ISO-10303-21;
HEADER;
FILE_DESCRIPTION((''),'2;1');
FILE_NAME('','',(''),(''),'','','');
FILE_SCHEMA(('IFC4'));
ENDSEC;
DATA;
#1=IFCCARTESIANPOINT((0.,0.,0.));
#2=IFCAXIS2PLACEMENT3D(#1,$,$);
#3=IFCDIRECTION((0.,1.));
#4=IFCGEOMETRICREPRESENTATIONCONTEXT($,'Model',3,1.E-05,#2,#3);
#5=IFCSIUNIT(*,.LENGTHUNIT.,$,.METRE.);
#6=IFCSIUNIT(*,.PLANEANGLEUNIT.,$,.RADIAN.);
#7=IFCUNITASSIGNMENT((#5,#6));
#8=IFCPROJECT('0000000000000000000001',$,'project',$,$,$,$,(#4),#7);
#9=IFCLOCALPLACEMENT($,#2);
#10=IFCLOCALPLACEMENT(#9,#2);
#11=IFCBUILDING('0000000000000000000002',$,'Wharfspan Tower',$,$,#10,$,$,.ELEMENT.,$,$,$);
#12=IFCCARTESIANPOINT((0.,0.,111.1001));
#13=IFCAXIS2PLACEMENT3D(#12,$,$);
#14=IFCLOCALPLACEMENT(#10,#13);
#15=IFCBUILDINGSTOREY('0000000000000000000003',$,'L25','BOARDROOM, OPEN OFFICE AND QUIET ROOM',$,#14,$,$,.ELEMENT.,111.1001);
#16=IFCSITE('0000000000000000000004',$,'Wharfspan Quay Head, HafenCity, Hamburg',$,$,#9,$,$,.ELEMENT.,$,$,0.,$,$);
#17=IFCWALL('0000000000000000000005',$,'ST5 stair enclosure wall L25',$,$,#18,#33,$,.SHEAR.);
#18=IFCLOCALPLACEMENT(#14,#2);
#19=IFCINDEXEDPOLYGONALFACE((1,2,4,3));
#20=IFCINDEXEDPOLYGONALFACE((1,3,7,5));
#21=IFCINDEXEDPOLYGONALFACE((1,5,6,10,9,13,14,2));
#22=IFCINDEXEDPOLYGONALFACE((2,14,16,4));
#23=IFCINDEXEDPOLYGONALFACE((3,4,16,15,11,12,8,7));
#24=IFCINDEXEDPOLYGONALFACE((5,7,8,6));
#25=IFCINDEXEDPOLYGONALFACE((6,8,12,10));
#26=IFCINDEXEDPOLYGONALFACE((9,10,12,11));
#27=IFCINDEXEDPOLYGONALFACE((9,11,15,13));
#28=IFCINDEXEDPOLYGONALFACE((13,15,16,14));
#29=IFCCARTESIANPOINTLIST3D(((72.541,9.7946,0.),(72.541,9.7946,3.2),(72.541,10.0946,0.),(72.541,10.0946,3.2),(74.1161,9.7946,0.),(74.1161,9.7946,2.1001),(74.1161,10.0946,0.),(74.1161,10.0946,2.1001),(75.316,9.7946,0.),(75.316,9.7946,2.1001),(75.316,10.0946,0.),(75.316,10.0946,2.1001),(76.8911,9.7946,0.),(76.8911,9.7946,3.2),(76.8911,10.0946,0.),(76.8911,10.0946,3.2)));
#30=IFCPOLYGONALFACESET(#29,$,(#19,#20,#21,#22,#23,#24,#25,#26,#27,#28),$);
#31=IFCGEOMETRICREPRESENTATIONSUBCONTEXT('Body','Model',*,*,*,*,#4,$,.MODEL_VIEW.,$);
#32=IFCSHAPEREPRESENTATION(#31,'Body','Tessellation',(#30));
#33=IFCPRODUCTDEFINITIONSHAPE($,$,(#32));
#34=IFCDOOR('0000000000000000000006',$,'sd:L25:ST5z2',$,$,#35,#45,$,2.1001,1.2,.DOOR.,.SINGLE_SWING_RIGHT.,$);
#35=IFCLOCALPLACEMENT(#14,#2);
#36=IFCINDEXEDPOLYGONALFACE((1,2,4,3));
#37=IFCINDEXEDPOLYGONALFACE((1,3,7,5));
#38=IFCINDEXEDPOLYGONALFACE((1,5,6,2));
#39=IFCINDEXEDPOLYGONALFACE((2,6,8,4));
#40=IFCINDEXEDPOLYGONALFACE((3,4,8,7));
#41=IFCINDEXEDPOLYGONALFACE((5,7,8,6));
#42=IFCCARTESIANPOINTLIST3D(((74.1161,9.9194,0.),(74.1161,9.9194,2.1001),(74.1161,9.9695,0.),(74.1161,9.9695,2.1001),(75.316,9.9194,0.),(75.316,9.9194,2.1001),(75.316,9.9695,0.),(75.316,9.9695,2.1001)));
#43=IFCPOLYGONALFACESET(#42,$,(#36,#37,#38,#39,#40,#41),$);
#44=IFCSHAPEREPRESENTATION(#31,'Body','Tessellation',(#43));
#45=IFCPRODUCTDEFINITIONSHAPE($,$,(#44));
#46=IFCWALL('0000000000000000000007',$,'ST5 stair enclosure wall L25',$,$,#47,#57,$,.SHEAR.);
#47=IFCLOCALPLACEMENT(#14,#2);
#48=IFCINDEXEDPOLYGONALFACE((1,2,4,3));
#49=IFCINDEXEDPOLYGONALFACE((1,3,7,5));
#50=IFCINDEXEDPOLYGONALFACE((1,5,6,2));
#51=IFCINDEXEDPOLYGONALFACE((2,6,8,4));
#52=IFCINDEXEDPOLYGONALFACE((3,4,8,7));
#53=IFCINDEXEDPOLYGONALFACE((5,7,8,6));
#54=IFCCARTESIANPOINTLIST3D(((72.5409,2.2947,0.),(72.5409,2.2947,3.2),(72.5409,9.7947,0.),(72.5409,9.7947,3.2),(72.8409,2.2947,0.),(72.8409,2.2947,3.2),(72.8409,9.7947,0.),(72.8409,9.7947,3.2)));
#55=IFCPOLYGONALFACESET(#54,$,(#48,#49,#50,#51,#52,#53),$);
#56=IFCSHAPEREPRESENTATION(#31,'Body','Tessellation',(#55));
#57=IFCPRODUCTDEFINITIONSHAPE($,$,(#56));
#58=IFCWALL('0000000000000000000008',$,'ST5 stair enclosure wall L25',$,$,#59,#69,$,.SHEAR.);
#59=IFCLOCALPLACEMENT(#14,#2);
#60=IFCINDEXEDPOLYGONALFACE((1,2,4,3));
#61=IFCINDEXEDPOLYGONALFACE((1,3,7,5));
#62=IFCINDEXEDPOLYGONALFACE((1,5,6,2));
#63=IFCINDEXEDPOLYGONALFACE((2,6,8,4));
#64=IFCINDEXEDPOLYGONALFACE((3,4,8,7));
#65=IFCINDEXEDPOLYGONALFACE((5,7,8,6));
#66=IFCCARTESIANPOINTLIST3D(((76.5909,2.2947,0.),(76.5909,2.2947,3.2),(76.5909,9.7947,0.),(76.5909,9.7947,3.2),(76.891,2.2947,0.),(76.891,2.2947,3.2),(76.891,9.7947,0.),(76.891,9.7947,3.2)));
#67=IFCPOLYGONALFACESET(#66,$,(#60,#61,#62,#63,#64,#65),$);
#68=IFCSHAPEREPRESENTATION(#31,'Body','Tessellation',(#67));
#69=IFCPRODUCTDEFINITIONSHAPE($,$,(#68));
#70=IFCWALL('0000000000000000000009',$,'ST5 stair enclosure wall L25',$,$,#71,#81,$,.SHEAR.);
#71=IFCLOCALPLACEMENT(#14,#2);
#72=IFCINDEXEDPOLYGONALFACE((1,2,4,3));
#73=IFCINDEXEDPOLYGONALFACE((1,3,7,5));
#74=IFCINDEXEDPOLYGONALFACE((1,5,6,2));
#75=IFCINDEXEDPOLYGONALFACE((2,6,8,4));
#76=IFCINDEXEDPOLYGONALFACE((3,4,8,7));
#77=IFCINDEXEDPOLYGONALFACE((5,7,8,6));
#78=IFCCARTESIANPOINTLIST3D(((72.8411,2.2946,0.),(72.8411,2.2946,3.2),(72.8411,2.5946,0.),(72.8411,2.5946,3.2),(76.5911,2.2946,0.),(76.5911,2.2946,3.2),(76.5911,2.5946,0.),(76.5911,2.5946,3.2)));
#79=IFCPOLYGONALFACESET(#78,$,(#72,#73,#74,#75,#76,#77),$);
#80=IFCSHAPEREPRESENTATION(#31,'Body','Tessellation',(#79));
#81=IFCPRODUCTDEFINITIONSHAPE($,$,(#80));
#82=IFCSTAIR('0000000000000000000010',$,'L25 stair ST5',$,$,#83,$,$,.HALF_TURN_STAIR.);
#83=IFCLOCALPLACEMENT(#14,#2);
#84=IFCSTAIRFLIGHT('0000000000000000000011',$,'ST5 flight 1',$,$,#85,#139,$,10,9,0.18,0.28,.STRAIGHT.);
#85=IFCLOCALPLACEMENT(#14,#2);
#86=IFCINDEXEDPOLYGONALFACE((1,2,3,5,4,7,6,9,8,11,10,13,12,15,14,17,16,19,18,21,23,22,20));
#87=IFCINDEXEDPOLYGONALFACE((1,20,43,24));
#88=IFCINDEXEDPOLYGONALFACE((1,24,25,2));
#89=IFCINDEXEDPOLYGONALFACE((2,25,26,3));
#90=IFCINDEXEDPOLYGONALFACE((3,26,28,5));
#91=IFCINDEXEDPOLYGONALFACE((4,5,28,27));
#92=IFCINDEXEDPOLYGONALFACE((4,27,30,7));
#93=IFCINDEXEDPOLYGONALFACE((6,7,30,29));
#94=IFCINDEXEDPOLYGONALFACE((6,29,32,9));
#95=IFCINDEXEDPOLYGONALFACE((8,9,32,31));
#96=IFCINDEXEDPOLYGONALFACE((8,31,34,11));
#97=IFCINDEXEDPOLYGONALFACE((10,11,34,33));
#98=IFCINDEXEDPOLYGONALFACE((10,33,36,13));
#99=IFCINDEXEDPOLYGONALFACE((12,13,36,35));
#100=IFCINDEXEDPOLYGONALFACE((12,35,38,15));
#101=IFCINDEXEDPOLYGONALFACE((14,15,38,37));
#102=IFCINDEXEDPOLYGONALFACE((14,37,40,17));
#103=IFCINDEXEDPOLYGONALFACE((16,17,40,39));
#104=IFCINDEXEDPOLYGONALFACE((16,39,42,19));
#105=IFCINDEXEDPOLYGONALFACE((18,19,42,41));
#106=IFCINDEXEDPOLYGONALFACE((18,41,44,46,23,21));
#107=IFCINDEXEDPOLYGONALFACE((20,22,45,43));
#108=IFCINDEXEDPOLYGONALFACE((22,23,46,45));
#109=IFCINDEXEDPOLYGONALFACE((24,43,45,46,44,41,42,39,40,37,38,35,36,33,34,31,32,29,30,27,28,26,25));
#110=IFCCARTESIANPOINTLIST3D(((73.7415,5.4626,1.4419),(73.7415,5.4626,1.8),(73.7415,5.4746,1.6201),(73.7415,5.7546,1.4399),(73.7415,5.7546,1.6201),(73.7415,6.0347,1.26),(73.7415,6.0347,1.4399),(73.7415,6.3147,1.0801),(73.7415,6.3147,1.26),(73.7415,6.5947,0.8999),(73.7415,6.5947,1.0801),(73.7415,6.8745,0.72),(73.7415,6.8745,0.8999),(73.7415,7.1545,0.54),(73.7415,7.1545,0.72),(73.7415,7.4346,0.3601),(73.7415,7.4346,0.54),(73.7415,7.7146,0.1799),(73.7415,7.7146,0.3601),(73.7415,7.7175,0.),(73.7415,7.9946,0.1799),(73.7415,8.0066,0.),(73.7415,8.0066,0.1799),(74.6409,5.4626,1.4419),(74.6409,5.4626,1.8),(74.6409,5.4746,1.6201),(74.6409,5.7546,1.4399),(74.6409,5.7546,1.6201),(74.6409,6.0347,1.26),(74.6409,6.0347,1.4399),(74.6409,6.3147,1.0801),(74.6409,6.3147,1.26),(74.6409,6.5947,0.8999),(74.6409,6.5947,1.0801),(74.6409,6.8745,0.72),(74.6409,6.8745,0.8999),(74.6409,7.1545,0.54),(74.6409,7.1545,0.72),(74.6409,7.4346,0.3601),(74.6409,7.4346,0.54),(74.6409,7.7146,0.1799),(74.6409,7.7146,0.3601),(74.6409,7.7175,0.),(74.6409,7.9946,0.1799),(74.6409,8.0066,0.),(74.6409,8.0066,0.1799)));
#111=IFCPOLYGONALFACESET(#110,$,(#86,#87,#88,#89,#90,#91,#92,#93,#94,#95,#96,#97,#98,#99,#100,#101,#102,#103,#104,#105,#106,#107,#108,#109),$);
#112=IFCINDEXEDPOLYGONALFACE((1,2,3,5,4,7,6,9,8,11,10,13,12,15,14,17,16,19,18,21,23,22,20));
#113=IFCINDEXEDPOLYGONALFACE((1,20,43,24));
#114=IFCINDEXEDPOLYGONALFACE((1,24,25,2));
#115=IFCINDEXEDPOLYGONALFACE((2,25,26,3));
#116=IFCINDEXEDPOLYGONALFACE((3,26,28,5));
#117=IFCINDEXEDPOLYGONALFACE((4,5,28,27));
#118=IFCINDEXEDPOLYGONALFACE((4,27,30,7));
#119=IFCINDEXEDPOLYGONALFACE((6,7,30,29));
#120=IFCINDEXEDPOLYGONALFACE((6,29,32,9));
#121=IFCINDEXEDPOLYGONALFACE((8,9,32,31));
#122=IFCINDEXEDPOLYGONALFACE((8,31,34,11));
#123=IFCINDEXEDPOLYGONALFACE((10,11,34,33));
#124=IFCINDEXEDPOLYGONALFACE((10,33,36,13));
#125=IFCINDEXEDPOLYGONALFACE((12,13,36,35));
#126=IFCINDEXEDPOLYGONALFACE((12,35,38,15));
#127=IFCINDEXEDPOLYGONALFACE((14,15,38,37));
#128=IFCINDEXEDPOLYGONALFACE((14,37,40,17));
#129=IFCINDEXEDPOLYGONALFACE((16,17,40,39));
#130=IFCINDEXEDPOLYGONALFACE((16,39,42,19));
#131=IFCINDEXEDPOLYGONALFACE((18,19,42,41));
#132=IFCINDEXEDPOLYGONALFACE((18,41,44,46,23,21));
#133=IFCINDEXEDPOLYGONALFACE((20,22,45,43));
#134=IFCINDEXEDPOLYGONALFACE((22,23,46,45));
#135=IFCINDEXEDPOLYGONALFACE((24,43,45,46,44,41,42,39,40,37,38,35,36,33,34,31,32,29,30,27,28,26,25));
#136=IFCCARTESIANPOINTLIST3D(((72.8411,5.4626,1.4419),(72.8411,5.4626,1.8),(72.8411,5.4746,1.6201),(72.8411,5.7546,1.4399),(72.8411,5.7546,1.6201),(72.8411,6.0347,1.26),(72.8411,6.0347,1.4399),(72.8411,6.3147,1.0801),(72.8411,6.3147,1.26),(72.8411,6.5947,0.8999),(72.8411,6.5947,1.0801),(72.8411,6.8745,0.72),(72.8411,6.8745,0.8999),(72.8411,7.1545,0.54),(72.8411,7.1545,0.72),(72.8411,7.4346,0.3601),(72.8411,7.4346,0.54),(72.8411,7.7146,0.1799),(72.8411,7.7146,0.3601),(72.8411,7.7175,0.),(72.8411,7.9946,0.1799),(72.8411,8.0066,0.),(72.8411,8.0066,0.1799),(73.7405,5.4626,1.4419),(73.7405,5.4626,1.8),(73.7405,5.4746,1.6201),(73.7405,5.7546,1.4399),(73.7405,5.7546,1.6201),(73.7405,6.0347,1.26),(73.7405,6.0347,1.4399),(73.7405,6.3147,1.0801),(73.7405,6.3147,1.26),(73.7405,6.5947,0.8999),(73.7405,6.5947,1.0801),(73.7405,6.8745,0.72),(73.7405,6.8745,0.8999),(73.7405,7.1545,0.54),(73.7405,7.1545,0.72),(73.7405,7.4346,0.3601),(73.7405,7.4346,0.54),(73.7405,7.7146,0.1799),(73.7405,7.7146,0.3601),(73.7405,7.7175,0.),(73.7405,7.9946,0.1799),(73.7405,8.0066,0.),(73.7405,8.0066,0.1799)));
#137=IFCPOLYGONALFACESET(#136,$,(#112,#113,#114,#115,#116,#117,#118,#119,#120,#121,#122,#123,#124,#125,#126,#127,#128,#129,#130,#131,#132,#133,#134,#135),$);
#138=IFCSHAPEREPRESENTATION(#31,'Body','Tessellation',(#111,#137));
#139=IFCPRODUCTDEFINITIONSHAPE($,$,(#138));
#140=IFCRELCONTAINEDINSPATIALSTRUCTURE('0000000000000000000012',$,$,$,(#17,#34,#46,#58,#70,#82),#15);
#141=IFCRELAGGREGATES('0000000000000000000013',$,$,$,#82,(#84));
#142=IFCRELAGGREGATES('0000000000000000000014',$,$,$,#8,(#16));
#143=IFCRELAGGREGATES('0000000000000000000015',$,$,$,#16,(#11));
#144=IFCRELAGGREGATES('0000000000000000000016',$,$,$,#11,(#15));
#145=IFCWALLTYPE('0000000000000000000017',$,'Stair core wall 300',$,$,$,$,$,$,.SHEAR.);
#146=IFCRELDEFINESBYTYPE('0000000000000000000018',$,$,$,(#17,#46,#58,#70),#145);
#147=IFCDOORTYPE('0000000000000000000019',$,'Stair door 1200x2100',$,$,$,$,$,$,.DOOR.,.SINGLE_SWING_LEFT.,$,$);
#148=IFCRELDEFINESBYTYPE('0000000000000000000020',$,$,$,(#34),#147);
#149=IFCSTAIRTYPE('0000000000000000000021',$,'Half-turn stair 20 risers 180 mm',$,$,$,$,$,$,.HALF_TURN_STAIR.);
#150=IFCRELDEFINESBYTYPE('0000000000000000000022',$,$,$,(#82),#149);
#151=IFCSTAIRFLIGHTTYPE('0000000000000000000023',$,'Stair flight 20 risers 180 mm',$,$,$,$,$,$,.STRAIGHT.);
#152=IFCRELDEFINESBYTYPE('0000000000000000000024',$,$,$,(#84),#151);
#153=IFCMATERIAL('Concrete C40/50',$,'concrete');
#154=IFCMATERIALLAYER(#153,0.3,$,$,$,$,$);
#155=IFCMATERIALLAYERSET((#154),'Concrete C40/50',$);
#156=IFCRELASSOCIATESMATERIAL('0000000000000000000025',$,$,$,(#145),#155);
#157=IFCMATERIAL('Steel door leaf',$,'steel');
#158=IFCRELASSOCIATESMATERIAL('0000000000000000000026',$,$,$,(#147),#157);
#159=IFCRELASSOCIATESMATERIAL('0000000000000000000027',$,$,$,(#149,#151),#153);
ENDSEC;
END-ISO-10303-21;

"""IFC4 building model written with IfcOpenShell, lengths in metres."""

from ifc_helpers import new_model, si_unit, direction, frame, frame_2d, origin, place, context, subcontext, project, spatial, polyline, rectangle, outline, extrude, material, layer, layer_set, type_object, element, fill, aggregate, save


model = new_model("IFC4")

# Units and contexts
model_context = context("Model", 3, precision=1e-05, world=origin(), true_north=direction((0.0, 1.0)))
body_context = subcontext(model_context, "Body", "Model", "MODEL_VIEW")
ifc_project = project(units=[si_unit("LENGTHUNIT", "METRE"), si_unit("PLANEANGLEUNIT", "RADIAN")], contexts=[model_context])

# Site, building, storey
site_placement = place(None, origin())
site = spatial("IfcSite", under=ifc_project, at=site_placement, Name="Wharfspan Quay Head, HafenCity, Hamburg", CompositionType="ELEMENT", RefElevation=0.0)
building_placement = place(site_placement, origin())
building = spatial("IfcBuilding", under=site, at=building_placement, Name="Wharfspan Tower", CompositionType="ELEMENT")
storey_placement = place(building_placement, frame((0.0, 0.0, 111.1001)))
storey = spatial("IfcBuildingStorey", under=building, at=storey_placement, Name="L25", Description="BOARDROOM, OPEN OFFICE AND QUIET ROOM", CompositionType="ELEMENT", Elevation=111.1001)

# Wall, opening, door
ifc_material_1 = material(Name="Concrete C40/50", Category="concrete")
ifc_layer_1 = layer(ifc_material_1, 0.3)
ifc_layer_set_1 = layer_set([ifc_layer_1], Name="Concrete C40/50")
wall_type_1 = type_object("IfcWallType", Name="Stair core wall 300", PredefinedType="SHEAR", material=ifc_layer_set_1)
wall_1_placement = place(storey_placement, frame((72.541, 9.9446, 0.0), z_axis=(0.0, 0.0, 1.0), x_axis=(1.0, 0.0, 0.0)))
wall_1 = element("IfcWall", 1, at=wall_1_placement, inside=storey, type_object=wall_type_1, Name="ST5 stair enclosure wall L25", PredefinedType="SHEAR", context=body_context, shape_type="SweptSolid", body=[
    extrude(rectangle(XDim=4.3501, YDim=0.3, at=frame_2d((2.175, 0.0))), origin(), (0.0, 0.0, 1.0), 3.2),
])
opening_placement = place(wall_1_placement, frame((1.575, 0.0, 0.0)))
opening = element("IfcOpeningElement", 2, at=opening_placement, cuts=wall_1, PredefinedType="OPENING", context=body_context, shape_type="SweptSolid", body=[
    extrude(rectangle(XDim=1.2, YDim=2.1001, at=frame_2d((0.6001, 1.05))), frame((0.0, 0.1599, 0.0), z_axis=(0.0, -1.0, 0.0), x_axis=(1.0, 0.0, 0.0)), (0.0, 0.0, 1.0), 0.3201),
])
ifc_material_2 = material(Name="Steel door leaf", Category="steel")
door_type = type_object("IfcDoorType", Name="Stair door 1200x2100", OperationType="SINGLE_SWING_LEFT", PredefinedType="DOOR", material=ifc_material_2)
door_placement = place(opening_placement, origin())
door = element("IfcDoor", 3, at=door_placement, inside=storey, type_object=door_type, Name="sd:L25:ST5z2", OperationType="SINGLE_SWING_RIGHT", OverallHeight=2.1001, OverallWidth=1.2, PredefinedType="DOOR", context=body_context, shape_type="SweptSolid", body=[
    extrude(rectangle(XDim=1.2, YDim=2.1001, at=frame_2d((0.6001, 1.05))), frame((0.0, 0.0249, 0.0), z_axis=(0.0, -1.0, 0.0), x_axis=(1.0, 0.0, 0.0)), (0.0, 0.0, 1.0), 0.05),
])
fill(opening, door)

# Walls
for number, where, z_axis, x_axis, name in (
    (4, (72.6909, 2.2947, 0.0), (0.0, 0.0, 1.0), (0.0, 1.0, 0.0), "ST5 stair enclosure wall L25"),
    (5, (76.741, 2.2947, 0.0), (0.0, 0.0, 1.0), (0.0, 1.0, 0.0), "ST5 stair enclosure wall L25"),
):
    element("IfcWall", number, at=place(storey_placement, frame(where, z_axis=z_axis, x_axis=x_axis)), inside=storey, type_object=wall_type_1, Name=name, PredefinedType="SHEAR", context=body_context, shape_type="SweptSolid", body=[
        extrude(rectangle(XDim=7.5, YDim=0.3, at=frame_2d((3.75, 0.0))), origin(), (0.0, 0.0, 1.0), 3.2),
    ])
wall_2_placement = place(storey_placement, frame((72.8411, 2.4446, 0.0), z_axis=(0.0, 0.0, 1.0), x_axis=(1.0, 0.0, 0.0)))
element("IfcWall", 6, at=wall_2_placement, inside=storey, type_object=wall_type_1, Name="ST5 stair enclosure wall L25", PredefinedType="SHEAR", context=body_context, shape_type="SweptSolid", body=[
    extrude(rectangle(XDim=3.75, YDim=0.3, at=frame_2d((1.875, 0.0))), origin(), (0.0, 0.0, 1.0), 3.2),
])

# Stair, stair flight
stair_type = type_object("IfcStairType", Name="Half-turn stair 20 risers 180 mm", PredefinedType="HALF_TURN_STAIR", material=ifc_material_1)
stair_placement = place(storey_placement, origin())
stair = element("IfcStair", 7, at=stair_placement, inside=storey, type_object=stair_type, Name="L25 stair ST5", PredefinedType="HALF_TURN_STAIR")
stair_flight_type = type_object("IfcStairFlightType", Name="Stair flight 20 risers 180 mm", PredefinedType="STRAIGHT", material=ifc_material_1)
stair_flight_1_placement = place(storey_placement, frame((73.741, 7.9946, 0.0), z_axis=(0.0, 0.0, 1.0), x_axis=(0.0, -1.0, 0.0)))
stair_flight_1 = element("IfcStairFlight", 8, at=stair_flight_1_placement, type_object=stair_flight_type, Name="ST5 flight 1", NumberOfRisers=10, NumberOfTreads=9, PredefinedType="STRAIGHT", RiserHeight=0.18, TreadLength=0.28, context=body_context, shape_type="SweptSolid", body=[
    extrude(outline(polyline([(-0.012, 0.0), (-0.012, 0.1799), (0.0, 0.1799), (0.28, 0.1799), (0.28, 0.3601), (0.5601, 0.3601), (0.5601, 0.54), (0.8401, 0.54), (0.8401, 0.72), (1.1201, 0.72), (1.1201, 0.8999), (1.3999, 0.8999), (1.3999, 1.0801), (1.6799, 1.0801), (1.6799, 1.26), (1.96, 1.26), (1.96, 1.4399), (2.24, 1.4399), (2.24, 1.6201), (2.52, 1.6201), (2.532, 1.8), (2.532, 1.4419), (0.2771, 0.0), (-0.012, 0.0)])), frame((0.0, 0.8999, 0.0), z_axis=(0.0, -1.0, 0.0), x_axis=(1.0, 0.0, 0.0)), (0.0, 0.0, 1.0), 0.8994),
    extrude(outline(polyline([(-0.012, 0.0), (-0.012, 0.1799), (0.0, 0.1799), (0.28, 0.1799), (0.28, 0.3601), (0.5601, 0.3601), (0.5601, 0.54), (0.8401, 0.54), (0.8401, 0.72), (1.1201, 0.72), (1.1201, 0.8999), (1.3999, 0.8999), (1.3999, 1.0801), (1.6799, 1.0801), (1.6799, 1.26), (1.96, 1.26), (1.96, 1.4399), (2.24, 1.4399), (2.24, 1.6201), (2.52, 1.6201), (2.532, 1.8), (2.532, 1.4419), (0.2771, 0.0), (-0.012, 0.0)])), frame((0.0, -0.0005, 0.0), z_axis=(0.0, -1.0, 0.0), x_axis=(1.0, 0.0, 0.0)), (0.0, 0.0, 1.0), 0.8994),
])
aggregate(stair, [stair_flight_1])

save(model, "model.ifc")
